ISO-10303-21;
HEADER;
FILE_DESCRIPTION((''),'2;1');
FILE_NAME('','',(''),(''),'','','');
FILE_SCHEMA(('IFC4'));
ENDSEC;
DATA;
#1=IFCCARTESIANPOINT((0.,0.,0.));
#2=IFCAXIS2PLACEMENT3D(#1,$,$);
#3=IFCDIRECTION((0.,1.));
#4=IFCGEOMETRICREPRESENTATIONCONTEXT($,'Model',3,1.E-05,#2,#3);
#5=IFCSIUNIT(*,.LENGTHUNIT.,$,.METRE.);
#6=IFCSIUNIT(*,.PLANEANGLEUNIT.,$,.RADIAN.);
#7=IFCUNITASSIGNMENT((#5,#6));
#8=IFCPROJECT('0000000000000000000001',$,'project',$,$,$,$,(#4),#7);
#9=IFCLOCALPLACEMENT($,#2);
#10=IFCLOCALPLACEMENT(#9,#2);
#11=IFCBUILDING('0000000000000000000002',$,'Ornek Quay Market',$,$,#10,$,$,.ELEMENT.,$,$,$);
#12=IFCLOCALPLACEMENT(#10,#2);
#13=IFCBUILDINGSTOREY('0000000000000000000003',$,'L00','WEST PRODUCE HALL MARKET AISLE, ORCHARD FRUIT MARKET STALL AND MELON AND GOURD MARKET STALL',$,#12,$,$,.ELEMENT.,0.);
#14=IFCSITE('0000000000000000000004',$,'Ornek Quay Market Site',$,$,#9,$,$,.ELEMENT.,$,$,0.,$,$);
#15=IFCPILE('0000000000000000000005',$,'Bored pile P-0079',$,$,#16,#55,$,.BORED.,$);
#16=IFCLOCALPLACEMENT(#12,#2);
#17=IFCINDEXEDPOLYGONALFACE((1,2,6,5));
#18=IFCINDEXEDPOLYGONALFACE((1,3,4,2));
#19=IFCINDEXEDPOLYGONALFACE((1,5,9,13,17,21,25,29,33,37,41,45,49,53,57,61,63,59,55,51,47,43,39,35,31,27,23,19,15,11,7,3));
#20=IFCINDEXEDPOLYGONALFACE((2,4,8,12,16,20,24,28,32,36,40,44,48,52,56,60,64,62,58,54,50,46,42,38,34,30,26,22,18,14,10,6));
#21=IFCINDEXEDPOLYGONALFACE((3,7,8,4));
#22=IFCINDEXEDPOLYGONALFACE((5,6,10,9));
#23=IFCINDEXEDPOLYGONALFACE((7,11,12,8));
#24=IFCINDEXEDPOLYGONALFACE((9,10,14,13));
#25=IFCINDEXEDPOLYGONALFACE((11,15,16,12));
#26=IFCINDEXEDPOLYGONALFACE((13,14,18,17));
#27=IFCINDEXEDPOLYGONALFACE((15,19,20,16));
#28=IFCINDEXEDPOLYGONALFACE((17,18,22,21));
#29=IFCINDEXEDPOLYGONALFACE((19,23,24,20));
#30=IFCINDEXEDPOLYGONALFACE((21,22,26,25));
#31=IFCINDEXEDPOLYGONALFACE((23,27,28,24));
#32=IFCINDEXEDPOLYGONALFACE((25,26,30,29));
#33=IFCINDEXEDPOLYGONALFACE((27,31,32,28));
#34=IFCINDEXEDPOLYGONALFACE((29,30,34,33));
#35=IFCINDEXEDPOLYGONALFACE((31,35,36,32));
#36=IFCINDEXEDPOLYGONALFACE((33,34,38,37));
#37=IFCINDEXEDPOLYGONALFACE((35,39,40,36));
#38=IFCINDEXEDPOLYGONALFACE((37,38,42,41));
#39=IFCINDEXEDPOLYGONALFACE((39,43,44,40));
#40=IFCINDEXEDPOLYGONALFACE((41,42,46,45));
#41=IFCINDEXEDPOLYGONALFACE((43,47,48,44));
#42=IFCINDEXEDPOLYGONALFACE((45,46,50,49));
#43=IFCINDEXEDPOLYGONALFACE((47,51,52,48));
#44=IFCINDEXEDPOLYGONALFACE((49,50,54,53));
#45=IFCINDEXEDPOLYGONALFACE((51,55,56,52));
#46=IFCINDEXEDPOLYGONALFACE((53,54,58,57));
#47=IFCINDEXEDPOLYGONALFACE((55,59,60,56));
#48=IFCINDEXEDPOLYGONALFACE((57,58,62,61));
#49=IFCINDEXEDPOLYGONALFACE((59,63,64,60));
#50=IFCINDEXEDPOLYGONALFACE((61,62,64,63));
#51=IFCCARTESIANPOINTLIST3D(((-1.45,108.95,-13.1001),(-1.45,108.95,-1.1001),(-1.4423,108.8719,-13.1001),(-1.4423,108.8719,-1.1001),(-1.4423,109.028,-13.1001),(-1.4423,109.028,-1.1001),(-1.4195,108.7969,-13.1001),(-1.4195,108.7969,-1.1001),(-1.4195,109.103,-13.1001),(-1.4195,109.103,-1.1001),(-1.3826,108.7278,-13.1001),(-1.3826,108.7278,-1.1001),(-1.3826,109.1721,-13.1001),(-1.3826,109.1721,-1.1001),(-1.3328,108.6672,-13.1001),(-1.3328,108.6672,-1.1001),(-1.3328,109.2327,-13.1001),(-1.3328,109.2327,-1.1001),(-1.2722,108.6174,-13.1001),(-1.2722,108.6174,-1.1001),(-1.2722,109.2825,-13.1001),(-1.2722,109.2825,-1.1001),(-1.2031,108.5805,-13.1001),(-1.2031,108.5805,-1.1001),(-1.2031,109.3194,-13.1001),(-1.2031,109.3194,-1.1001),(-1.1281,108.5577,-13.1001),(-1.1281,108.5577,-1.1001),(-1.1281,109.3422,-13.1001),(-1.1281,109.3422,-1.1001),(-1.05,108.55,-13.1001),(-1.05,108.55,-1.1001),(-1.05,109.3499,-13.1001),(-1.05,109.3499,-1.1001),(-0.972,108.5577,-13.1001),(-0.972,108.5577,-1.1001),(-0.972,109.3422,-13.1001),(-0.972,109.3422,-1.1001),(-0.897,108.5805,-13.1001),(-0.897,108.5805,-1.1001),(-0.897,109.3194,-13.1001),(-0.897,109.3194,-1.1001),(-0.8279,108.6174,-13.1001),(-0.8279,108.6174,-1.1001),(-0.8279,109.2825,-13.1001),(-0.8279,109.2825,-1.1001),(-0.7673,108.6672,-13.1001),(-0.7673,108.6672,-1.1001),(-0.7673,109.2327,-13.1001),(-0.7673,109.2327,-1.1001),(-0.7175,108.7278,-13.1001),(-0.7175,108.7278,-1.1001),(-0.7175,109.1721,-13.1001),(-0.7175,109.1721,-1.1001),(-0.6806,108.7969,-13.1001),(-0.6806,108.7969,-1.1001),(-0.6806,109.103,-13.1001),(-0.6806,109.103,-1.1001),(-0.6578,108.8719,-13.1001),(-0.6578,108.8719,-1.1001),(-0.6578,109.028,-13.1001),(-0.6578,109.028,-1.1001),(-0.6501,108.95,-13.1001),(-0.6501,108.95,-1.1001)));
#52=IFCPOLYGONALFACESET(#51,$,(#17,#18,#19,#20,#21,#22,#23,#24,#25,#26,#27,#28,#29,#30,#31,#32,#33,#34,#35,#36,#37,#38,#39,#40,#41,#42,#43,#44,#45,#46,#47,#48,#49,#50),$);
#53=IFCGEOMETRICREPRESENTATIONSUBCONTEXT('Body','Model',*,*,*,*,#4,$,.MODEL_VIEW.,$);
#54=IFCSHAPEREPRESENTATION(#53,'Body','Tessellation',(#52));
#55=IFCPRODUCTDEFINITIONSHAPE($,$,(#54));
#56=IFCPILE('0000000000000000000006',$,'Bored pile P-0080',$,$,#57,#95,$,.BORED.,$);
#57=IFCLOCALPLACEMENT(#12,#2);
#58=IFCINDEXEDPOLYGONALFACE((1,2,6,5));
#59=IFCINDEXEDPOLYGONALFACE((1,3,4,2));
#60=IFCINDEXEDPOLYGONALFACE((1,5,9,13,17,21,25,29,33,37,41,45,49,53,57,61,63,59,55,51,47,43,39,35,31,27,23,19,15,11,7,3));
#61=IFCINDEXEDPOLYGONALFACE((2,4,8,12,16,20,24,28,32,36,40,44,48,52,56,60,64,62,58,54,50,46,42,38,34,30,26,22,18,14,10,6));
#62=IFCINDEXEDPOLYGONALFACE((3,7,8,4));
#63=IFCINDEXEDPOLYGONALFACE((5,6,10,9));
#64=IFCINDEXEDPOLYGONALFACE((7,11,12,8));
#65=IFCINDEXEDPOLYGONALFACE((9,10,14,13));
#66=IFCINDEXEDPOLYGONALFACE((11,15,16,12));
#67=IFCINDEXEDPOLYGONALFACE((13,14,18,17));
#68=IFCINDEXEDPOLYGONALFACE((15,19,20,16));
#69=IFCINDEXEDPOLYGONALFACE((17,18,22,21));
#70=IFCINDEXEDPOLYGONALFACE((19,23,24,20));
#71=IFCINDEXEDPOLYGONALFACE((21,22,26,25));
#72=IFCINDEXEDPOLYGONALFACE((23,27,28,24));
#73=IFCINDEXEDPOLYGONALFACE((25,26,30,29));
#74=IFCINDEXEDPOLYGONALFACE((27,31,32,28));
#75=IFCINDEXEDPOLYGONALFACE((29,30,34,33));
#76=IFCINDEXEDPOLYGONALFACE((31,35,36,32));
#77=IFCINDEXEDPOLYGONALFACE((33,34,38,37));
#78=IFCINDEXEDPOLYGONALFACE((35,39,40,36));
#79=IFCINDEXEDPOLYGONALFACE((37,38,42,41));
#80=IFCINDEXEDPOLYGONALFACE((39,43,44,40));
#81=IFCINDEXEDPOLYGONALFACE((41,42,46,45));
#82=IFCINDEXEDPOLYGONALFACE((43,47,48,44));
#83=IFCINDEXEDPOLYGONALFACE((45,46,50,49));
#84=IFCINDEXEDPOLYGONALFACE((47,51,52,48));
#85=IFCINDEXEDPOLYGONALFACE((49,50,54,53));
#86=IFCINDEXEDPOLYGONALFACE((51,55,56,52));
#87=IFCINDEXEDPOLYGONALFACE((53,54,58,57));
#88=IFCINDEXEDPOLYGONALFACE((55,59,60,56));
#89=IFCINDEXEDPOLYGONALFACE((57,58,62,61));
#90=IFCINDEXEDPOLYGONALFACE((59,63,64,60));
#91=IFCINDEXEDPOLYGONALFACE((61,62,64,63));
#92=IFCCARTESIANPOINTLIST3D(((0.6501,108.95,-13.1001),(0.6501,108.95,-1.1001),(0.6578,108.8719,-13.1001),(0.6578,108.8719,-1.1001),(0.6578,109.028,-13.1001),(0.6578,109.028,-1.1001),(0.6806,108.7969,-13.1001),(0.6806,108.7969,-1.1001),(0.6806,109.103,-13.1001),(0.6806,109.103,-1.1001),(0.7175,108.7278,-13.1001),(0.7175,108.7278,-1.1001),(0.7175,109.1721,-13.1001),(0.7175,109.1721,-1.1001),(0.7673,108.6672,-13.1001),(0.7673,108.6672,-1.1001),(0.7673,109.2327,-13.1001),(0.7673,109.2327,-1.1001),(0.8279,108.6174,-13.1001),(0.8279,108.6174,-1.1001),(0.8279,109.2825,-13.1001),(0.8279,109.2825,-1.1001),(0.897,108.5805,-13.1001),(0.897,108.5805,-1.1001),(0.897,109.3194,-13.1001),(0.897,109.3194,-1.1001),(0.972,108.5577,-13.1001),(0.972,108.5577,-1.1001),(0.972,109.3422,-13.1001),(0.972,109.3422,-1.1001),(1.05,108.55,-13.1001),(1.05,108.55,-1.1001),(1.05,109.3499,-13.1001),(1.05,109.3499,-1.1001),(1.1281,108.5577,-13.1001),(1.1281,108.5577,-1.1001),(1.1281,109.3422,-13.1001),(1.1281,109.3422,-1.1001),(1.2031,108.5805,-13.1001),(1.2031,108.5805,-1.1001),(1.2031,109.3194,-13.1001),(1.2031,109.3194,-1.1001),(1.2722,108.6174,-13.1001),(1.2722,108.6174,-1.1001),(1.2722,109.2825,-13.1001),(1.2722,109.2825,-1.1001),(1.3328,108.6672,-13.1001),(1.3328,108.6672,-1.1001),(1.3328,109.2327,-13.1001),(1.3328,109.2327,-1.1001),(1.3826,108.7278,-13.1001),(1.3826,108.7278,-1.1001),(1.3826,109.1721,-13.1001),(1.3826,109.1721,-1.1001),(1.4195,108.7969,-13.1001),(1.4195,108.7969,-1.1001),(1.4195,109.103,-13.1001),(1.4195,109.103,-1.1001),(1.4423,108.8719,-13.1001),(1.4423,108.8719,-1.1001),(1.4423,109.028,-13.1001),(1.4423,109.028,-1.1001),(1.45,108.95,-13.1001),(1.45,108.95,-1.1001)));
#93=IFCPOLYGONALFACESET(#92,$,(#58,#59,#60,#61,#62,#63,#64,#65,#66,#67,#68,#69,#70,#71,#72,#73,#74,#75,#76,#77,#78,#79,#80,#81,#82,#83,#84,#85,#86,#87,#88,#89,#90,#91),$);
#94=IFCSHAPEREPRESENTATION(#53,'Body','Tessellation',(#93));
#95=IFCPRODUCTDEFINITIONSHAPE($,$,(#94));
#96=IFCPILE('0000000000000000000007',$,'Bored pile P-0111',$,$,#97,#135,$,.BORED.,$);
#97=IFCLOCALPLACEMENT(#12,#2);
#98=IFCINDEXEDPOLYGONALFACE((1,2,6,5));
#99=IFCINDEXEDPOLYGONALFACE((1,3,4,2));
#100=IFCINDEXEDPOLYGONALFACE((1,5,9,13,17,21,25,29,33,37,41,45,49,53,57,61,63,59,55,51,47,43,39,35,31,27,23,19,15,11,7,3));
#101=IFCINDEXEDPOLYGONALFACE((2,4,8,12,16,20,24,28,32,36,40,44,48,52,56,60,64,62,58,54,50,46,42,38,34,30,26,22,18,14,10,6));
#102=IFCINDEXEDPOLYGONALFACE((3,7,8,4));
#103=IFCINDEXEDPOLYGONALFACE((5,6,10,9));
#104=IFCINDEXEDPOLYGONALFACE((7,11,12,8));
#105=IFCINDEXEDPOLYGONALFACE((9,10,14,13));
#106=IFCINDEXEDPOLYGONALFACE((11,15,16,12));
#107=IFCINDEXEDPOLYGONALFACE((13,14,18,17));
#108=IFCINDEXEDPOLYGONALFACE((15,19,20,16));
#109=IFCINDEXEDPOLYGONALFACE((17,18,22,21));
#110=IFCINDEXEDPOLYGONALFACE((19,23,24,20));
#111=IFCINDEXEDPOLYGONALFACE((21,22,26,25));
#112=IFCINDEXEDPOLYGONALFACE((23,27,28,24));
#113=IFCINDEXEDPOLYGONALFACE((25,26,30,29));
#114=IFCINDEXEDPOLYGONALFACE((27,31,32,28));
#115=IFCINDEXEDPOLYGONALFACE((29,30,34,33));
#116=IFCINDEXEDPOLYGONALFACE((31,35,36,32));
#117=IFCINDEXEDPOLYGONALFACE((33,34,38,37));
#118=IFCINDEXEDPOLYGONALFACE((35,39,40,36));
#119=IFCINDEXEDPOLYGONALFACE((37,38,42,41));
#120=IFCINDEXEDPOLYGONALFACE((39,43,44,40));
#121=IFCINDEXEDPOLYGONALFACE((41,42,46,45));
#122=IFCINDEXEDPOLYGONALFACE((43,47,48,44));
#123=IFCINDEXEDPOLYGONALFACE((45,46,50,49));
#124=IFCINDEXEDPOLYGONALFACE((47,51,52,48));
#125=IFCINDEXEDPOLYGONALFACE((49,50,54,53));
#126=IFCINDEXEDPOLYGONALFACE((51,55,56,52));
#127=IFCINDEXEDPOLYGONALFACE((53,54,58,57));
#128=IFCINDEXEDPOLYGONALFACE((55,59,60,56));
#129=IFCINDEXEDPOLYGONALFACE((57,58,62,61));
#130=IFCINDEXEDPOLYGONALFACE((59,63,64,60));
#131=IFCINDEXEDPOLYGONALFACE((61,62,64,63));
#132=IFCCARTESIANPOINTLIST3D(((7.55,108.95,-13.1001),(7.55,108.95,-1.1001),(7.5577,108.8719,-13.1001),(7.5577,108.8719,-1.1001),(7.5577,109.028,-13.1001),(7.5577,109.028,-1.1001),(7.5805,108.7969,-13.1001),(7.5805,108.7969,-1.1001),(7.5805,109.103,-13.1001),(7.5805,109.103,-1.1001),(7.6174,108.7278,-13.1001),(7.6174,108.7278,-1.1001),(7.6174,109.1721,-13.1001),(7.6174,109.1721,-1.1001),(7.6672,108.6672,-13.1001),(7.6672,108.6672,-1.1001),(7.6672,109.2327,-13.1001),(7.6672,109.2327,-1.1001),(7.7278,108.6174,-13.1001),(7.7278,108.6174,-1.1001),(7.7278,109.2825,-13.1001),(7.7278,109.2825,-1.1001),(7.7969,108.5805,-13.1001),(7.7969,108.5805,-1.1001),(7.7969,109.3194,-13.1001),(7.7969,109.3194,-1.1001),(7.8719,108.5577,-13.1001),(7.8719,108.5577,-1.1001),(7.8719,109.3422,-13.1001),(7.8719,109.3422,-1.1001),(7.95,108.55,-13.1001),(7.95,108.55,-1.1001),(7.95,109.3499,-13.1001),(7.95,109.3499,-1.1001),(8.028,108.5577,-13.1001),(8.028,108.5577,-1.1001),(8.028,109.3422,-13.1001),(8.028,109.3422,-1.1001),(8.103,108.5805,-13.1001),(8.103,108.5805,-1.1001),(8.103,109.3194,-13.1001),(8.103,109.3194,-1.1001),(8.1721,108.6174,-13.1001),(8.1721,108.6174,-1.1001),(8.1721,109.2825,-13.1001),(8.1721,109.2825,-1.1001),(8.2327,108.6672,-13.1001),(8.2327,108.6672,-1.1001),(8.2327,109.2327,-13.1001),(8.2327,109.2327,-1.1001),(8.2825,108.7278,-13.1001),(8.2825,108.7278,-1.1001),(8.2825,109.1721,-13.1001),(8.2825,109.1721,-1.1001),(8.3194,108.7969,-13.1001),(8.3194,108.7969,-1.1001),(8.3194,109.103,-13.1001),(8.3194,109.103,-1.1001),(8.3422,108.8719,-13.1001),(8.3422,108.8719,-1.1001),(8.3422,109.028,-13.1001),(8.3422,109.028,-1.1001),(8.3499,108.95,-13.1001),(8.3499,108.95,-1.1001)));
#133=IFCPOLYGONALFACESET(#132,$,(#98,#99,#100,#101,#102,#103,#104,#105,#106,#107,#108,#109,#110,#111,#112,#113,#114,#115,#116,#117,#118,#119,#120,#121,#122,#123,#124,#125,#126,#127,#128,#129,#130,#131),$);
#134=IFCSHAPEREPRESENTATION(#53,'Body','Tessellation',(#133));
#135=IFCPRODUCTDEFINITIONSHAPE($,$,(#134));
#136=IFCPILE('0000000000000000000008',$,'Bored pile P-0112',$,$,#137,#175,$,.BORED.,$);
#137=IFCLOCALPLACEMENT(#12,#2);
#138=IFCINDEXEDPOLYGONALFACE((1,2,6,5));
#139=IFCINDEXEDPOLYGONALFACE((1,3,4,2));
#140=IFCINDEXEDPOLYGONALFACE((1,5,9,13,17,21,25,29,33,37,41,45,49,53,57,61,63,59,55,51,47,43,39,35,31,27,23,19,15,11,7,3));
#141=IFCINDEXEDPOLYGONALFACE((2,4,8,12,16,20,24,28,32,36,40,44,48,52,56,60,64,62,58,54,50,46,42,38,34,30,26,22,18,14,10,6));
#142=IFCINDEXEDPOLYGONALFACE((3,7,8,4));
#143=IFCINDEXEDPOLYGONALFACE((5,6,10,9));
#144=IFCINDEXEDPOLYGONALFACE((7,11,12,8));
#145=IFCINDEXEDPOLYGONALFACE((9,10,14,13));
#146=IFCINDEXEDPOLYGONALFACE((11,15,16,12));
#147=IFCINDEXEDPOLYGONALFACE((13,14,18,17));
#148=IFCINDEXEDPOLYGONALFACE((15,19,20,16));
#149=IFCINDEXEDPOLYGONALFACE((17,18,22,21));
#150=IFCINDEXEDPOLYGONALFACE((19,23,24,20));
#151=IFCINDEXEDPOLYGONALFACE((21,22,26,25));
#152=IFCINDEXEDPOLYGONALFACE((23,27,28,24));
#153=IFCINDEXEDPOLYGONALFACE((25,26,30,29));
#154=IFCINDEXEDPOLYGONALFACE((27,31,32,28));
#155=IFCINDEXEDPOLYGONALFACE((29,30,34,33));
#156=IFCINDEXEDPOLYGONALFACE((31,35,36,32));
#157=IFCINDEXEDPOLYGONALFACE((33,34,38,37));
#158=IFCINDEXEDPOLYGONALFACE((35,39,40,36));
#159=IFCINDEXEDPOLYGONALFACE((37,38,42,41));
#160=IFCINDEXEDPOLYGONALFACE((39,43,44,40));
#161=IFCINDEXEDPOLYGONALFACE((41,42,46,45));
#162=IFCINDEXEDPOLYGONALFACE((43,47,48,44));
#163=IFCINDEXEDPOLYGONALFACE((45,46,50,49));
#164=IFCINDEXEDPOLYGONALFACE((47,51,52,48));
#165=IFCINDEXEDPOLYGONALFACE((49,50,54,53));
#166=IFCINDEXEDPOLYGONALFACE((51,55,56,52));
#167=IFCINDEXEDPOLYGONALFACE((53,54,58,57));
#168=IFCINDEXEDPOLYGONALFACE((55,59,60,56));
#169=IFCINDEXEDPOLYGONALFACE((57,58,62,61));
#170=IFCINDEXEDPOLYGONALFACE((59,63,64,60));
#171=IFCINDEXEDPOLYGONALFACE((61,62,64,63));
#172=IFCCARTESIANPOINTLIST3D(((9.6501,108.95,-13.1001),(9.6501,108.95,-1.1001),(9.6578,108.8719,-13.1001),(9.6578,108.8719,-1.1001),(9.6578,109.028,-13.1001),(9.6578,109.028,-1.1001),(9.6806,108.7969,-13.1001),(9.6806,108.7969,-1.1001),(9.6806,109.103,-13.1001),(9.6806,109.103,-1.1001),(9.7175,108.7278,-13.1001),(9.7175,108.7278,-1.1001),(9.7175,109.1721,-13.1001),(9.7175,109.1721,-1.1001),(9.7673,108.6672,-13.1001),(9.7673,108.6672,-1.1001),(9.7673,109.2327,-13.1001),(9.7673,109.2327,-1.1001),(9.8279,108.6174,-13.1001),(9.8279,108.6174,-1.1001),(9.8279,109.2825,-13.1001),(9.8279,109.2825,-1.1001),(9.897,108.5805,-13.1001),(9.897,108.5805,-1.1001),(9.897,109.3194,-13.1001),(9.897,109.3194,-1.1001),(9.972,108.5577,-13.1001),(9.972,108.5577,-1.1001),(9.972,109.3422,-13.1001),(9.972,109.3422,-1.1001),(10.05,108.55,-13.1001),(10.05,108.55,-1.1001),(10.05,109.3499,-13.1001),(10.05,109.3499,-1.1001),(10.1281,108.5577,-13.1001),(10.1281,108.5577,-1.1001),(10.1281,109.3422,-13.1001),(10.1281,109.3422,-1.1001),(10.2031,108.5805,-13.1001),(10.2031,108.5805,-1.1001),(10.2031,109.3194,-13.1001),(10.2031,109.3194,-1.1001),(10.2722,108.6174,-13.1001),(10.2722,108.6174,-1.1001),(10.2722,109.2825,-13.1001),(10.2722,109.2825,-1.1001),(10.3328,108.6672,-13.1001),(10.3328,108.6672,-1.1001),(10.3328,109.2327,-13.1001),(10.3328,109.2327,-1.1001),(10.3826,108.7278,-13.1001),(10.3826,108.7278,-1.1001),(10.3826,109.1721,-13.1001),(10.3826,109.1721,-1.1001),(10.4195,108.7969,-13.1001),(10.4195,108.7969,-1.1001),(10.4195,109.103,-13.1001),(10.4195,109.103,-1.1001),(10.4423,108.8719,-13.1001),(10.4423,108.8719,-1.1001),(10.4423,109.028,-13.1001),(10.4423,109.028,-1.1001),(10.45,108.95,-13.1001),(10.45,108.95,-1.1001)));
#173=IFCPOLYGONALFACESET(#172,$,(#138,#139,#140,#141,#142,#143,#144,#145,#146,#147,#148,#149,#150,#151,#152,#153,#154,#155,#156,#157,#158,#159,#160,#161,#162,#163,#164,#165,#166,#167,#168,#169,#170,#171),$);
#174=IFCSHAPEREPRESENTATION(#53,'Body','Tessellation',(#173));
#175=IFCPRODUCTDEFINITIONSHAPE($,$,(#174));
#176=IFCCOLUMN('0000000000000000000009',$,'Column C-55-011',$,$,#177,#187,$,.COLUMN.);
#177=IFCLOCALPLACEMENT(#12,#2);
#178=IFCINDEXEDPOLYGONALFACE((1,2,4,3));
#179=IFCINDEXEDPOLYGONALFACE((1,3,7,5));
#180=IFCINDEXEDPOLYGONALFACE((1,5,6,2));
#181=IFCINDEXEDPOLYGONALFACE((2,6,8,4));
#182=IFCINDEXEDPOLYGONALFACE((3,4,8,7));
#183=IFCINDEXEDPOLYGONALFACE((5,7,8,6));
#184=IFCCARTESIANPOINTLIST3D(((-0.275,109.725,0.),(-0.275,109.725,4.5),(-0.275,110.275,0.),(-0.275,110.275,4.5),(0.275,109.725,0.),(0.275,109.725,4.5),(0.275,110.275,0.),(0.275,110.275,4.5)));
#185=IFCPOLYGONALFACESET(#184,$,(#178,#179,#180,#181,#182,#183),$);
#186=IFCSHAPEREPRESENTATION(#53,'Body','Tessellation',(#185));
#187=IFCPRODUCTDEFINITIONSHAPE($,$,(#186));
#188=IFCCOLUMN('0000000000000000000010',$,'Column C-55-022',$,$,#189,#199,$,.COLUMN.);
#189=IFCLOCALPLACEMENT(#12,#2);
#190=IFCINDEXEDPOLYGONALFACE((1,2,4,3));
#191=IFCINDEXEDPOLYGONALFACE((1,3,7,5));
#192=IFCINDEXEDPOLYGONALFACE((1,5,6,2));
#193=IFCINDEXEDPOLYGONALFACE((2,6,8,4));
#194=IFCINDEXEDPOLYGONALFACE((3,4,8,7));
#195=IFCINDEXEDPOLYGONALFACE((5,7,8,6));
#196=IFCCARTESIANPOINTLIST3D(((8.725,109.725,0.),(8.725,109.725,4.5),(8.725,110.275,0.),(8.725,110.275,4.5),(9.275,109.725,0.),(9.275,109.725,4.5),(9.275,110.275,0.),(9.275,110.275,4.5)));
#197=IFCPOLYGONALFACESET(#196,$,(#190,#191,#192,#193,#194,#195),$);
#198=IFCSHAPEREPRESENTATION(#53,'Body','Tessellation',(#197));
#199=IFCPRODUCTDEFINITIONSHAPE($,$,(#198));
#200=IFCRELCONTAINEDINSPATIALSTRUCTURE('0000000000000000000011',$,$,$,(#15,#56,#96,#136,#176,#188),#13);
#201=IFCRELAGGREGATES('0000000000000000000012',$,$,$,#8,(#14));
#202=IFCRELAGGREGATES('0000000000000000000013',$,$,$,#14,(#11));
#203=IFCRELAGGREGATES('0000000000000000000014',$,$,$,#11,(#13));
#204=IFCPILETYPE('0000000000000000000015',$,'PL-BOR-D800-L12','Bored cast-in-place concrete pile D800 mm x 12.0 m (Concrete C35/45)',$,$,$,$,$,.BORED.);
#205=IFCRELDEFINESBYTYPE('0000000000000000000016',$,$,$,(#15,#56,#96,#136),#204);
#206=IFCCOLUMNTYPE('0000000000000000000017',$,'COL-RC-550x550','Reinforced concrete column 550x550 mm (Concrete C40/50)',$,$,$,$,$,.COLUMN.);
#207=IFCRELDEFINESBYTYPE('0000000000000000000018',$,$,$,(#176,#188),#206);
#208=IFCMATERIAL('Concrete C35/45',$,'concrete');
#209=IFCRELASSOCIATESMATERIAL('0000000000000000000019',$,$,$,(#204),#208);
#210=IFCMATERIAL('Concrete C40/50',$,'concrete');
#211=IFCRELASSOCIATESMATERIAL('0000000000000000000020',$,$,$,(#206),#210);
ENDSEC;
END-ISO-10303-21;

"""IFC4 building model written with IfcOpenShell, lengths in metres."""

from ifc_helpers import new_model, si_unit, direction, frame, origin, origin_2d, place, context, subcontext, project, spatial, rectangle, circle, extrude, material, material_profile, profile_set, type_object, element, save


model = new_model("IFC4")

# Units and contexts
model_context = context("Model", 3, precision=1e-05, world=origin(), true_north=direction((0.0, 1.0)))
body_context = subcontext(model_context, "Body", "Model", "MODEL_VIEW")
ifc_project = project(units=[si_unit("LENGTHUNIT", "METRE"), si_unit("PLANEANGLEUNIT", "RADIAN")], contexts=[model_context])

# Site, building, storey
site_placement = place(None, origin())
site = spatial("IfcSite", under=ifc_project, at=site_placement, Name="Ornek Quay Market Site", CompositionType="ELEMENT", RefElevation=0.0)
building_placement = place(site_placement, origin())
building = spatial("IfcBuilding", under=site, at=building_placement, Name="Ornek Quay Market", CompositionType="ELEMENT")
storey_placement = place(building_placement, origin())
storey = spatial("IfcBuildingStorey", under=building, at=storey_placement, Name="L00", Description="WEST PRODUCE HALL MARKET AISLE, ORCHARD FRUIT MARKET STALL AND MELON AND GOURD MARKET STALL", CompositionType="ELEMENT", Elevation=0.0)

# Piles
ifc_material_1 = material(Name="Concrete C35/45", Category="concrete")
ifc_material_profile_1 = material_profile(ifc_material_1, circle(Radius=0.3999, at=origin_2d()), Name="PILE D800", Category="concrete")
ifc_profile_set_1 = profile_set([ifc_material_profile_1], Name="Concrete C35/45")
pile_type = type_object("IfcPileType", Name="PL-BOR-D800-L12", Description="Bored cast-in-place concrete pile D800 mm x 12.0 m (Concrete C35/45)", PredefinedType="BORED", material=ifc_profile_set_1)
for number, where, z_axis, x_axis, name in (
    (1, (-1.05, 108.95, -1.1001), (0.0, 0.0, -1.0), (1.0, 0.0, 0.0), "Bored pile P-0079"),
    (2, (1.05, 108.95, -1.1001), (0.0, 0.0, -1.0), (1.0, 0.0, 0.0), "Bored pile P-0080"),
    (3, (7.95, 108.95, -1.1001), (0.0, 0.0, -1.0), (1.0, 0.0, 0.0), "Bored pile P-0111"),
    (4, (10.05, 108.95, -1.1001), (0.0, 0.0, -1.0), (1.0, 0.0, 0.0), "Bored pile P-0112"),
):
    element("IfcPile", number, at=place(storey_placement, frame(where, z_axis=z_axis, x_axis=x_axis)), inside=storey, type_object=pile_type, Name=name, PredefinedType="BORED", context=body_context, shape_type="SweptSolid", body=[
        extrude(circle(Radius=0.3999, at=origin_2d()), origin(), (0.0, 0.0, 1.0), 12.0),
    ])

# Columns
ifc_material_2 = material(Name="Concrete C40/50", Category="concrete")
ifc_material_profile_2 = material_profile(ifc_material_2, rectangle(XDim=0.55, YDim=0.55, at=origin_2d()), Name="RC 550x550", Category="concrete")
ifc_profile_set_2 = profile_set([ifc_material_profile_2], Name="Concrete C40/50")
column_type = type_object("IfcColumnType", Name="COL-RC-550x550", Description="Reinforced concrete column 550x550 mm (Concrete C40/50)", PredefinedType="COLUMN", material=ifc_profile_set_2)
for number, where, z_axis, x_axis, name in (
    (5, (0.0, 110.0, 0.0), (0.0, 0.0, 1.0), (1.0, 0.0, 0.0), "Column C-55-011"),
    (6, (9.0, 110.0, 0.0), (0.0, 0.0, 1.0), (1.0, 0.0, 0.0), "Column C-55-022"),
):
    element("IfcColumn", number, at=place(storey_placement, frame(where, z_axis=z_axis, x_axis=x_axis)), inside=storey, type_object=column_type, Name=name, PredefinedType="COLUMN", context=body_context, shape_type="SweptSolid", body=[
        extrude(rectangle(XDim=0.55, YDim=0.55, at=origin_2d()), origin(), (0.0, 0.0, 1.0), 4.5),
    ])

save(model, "model.ifc")
